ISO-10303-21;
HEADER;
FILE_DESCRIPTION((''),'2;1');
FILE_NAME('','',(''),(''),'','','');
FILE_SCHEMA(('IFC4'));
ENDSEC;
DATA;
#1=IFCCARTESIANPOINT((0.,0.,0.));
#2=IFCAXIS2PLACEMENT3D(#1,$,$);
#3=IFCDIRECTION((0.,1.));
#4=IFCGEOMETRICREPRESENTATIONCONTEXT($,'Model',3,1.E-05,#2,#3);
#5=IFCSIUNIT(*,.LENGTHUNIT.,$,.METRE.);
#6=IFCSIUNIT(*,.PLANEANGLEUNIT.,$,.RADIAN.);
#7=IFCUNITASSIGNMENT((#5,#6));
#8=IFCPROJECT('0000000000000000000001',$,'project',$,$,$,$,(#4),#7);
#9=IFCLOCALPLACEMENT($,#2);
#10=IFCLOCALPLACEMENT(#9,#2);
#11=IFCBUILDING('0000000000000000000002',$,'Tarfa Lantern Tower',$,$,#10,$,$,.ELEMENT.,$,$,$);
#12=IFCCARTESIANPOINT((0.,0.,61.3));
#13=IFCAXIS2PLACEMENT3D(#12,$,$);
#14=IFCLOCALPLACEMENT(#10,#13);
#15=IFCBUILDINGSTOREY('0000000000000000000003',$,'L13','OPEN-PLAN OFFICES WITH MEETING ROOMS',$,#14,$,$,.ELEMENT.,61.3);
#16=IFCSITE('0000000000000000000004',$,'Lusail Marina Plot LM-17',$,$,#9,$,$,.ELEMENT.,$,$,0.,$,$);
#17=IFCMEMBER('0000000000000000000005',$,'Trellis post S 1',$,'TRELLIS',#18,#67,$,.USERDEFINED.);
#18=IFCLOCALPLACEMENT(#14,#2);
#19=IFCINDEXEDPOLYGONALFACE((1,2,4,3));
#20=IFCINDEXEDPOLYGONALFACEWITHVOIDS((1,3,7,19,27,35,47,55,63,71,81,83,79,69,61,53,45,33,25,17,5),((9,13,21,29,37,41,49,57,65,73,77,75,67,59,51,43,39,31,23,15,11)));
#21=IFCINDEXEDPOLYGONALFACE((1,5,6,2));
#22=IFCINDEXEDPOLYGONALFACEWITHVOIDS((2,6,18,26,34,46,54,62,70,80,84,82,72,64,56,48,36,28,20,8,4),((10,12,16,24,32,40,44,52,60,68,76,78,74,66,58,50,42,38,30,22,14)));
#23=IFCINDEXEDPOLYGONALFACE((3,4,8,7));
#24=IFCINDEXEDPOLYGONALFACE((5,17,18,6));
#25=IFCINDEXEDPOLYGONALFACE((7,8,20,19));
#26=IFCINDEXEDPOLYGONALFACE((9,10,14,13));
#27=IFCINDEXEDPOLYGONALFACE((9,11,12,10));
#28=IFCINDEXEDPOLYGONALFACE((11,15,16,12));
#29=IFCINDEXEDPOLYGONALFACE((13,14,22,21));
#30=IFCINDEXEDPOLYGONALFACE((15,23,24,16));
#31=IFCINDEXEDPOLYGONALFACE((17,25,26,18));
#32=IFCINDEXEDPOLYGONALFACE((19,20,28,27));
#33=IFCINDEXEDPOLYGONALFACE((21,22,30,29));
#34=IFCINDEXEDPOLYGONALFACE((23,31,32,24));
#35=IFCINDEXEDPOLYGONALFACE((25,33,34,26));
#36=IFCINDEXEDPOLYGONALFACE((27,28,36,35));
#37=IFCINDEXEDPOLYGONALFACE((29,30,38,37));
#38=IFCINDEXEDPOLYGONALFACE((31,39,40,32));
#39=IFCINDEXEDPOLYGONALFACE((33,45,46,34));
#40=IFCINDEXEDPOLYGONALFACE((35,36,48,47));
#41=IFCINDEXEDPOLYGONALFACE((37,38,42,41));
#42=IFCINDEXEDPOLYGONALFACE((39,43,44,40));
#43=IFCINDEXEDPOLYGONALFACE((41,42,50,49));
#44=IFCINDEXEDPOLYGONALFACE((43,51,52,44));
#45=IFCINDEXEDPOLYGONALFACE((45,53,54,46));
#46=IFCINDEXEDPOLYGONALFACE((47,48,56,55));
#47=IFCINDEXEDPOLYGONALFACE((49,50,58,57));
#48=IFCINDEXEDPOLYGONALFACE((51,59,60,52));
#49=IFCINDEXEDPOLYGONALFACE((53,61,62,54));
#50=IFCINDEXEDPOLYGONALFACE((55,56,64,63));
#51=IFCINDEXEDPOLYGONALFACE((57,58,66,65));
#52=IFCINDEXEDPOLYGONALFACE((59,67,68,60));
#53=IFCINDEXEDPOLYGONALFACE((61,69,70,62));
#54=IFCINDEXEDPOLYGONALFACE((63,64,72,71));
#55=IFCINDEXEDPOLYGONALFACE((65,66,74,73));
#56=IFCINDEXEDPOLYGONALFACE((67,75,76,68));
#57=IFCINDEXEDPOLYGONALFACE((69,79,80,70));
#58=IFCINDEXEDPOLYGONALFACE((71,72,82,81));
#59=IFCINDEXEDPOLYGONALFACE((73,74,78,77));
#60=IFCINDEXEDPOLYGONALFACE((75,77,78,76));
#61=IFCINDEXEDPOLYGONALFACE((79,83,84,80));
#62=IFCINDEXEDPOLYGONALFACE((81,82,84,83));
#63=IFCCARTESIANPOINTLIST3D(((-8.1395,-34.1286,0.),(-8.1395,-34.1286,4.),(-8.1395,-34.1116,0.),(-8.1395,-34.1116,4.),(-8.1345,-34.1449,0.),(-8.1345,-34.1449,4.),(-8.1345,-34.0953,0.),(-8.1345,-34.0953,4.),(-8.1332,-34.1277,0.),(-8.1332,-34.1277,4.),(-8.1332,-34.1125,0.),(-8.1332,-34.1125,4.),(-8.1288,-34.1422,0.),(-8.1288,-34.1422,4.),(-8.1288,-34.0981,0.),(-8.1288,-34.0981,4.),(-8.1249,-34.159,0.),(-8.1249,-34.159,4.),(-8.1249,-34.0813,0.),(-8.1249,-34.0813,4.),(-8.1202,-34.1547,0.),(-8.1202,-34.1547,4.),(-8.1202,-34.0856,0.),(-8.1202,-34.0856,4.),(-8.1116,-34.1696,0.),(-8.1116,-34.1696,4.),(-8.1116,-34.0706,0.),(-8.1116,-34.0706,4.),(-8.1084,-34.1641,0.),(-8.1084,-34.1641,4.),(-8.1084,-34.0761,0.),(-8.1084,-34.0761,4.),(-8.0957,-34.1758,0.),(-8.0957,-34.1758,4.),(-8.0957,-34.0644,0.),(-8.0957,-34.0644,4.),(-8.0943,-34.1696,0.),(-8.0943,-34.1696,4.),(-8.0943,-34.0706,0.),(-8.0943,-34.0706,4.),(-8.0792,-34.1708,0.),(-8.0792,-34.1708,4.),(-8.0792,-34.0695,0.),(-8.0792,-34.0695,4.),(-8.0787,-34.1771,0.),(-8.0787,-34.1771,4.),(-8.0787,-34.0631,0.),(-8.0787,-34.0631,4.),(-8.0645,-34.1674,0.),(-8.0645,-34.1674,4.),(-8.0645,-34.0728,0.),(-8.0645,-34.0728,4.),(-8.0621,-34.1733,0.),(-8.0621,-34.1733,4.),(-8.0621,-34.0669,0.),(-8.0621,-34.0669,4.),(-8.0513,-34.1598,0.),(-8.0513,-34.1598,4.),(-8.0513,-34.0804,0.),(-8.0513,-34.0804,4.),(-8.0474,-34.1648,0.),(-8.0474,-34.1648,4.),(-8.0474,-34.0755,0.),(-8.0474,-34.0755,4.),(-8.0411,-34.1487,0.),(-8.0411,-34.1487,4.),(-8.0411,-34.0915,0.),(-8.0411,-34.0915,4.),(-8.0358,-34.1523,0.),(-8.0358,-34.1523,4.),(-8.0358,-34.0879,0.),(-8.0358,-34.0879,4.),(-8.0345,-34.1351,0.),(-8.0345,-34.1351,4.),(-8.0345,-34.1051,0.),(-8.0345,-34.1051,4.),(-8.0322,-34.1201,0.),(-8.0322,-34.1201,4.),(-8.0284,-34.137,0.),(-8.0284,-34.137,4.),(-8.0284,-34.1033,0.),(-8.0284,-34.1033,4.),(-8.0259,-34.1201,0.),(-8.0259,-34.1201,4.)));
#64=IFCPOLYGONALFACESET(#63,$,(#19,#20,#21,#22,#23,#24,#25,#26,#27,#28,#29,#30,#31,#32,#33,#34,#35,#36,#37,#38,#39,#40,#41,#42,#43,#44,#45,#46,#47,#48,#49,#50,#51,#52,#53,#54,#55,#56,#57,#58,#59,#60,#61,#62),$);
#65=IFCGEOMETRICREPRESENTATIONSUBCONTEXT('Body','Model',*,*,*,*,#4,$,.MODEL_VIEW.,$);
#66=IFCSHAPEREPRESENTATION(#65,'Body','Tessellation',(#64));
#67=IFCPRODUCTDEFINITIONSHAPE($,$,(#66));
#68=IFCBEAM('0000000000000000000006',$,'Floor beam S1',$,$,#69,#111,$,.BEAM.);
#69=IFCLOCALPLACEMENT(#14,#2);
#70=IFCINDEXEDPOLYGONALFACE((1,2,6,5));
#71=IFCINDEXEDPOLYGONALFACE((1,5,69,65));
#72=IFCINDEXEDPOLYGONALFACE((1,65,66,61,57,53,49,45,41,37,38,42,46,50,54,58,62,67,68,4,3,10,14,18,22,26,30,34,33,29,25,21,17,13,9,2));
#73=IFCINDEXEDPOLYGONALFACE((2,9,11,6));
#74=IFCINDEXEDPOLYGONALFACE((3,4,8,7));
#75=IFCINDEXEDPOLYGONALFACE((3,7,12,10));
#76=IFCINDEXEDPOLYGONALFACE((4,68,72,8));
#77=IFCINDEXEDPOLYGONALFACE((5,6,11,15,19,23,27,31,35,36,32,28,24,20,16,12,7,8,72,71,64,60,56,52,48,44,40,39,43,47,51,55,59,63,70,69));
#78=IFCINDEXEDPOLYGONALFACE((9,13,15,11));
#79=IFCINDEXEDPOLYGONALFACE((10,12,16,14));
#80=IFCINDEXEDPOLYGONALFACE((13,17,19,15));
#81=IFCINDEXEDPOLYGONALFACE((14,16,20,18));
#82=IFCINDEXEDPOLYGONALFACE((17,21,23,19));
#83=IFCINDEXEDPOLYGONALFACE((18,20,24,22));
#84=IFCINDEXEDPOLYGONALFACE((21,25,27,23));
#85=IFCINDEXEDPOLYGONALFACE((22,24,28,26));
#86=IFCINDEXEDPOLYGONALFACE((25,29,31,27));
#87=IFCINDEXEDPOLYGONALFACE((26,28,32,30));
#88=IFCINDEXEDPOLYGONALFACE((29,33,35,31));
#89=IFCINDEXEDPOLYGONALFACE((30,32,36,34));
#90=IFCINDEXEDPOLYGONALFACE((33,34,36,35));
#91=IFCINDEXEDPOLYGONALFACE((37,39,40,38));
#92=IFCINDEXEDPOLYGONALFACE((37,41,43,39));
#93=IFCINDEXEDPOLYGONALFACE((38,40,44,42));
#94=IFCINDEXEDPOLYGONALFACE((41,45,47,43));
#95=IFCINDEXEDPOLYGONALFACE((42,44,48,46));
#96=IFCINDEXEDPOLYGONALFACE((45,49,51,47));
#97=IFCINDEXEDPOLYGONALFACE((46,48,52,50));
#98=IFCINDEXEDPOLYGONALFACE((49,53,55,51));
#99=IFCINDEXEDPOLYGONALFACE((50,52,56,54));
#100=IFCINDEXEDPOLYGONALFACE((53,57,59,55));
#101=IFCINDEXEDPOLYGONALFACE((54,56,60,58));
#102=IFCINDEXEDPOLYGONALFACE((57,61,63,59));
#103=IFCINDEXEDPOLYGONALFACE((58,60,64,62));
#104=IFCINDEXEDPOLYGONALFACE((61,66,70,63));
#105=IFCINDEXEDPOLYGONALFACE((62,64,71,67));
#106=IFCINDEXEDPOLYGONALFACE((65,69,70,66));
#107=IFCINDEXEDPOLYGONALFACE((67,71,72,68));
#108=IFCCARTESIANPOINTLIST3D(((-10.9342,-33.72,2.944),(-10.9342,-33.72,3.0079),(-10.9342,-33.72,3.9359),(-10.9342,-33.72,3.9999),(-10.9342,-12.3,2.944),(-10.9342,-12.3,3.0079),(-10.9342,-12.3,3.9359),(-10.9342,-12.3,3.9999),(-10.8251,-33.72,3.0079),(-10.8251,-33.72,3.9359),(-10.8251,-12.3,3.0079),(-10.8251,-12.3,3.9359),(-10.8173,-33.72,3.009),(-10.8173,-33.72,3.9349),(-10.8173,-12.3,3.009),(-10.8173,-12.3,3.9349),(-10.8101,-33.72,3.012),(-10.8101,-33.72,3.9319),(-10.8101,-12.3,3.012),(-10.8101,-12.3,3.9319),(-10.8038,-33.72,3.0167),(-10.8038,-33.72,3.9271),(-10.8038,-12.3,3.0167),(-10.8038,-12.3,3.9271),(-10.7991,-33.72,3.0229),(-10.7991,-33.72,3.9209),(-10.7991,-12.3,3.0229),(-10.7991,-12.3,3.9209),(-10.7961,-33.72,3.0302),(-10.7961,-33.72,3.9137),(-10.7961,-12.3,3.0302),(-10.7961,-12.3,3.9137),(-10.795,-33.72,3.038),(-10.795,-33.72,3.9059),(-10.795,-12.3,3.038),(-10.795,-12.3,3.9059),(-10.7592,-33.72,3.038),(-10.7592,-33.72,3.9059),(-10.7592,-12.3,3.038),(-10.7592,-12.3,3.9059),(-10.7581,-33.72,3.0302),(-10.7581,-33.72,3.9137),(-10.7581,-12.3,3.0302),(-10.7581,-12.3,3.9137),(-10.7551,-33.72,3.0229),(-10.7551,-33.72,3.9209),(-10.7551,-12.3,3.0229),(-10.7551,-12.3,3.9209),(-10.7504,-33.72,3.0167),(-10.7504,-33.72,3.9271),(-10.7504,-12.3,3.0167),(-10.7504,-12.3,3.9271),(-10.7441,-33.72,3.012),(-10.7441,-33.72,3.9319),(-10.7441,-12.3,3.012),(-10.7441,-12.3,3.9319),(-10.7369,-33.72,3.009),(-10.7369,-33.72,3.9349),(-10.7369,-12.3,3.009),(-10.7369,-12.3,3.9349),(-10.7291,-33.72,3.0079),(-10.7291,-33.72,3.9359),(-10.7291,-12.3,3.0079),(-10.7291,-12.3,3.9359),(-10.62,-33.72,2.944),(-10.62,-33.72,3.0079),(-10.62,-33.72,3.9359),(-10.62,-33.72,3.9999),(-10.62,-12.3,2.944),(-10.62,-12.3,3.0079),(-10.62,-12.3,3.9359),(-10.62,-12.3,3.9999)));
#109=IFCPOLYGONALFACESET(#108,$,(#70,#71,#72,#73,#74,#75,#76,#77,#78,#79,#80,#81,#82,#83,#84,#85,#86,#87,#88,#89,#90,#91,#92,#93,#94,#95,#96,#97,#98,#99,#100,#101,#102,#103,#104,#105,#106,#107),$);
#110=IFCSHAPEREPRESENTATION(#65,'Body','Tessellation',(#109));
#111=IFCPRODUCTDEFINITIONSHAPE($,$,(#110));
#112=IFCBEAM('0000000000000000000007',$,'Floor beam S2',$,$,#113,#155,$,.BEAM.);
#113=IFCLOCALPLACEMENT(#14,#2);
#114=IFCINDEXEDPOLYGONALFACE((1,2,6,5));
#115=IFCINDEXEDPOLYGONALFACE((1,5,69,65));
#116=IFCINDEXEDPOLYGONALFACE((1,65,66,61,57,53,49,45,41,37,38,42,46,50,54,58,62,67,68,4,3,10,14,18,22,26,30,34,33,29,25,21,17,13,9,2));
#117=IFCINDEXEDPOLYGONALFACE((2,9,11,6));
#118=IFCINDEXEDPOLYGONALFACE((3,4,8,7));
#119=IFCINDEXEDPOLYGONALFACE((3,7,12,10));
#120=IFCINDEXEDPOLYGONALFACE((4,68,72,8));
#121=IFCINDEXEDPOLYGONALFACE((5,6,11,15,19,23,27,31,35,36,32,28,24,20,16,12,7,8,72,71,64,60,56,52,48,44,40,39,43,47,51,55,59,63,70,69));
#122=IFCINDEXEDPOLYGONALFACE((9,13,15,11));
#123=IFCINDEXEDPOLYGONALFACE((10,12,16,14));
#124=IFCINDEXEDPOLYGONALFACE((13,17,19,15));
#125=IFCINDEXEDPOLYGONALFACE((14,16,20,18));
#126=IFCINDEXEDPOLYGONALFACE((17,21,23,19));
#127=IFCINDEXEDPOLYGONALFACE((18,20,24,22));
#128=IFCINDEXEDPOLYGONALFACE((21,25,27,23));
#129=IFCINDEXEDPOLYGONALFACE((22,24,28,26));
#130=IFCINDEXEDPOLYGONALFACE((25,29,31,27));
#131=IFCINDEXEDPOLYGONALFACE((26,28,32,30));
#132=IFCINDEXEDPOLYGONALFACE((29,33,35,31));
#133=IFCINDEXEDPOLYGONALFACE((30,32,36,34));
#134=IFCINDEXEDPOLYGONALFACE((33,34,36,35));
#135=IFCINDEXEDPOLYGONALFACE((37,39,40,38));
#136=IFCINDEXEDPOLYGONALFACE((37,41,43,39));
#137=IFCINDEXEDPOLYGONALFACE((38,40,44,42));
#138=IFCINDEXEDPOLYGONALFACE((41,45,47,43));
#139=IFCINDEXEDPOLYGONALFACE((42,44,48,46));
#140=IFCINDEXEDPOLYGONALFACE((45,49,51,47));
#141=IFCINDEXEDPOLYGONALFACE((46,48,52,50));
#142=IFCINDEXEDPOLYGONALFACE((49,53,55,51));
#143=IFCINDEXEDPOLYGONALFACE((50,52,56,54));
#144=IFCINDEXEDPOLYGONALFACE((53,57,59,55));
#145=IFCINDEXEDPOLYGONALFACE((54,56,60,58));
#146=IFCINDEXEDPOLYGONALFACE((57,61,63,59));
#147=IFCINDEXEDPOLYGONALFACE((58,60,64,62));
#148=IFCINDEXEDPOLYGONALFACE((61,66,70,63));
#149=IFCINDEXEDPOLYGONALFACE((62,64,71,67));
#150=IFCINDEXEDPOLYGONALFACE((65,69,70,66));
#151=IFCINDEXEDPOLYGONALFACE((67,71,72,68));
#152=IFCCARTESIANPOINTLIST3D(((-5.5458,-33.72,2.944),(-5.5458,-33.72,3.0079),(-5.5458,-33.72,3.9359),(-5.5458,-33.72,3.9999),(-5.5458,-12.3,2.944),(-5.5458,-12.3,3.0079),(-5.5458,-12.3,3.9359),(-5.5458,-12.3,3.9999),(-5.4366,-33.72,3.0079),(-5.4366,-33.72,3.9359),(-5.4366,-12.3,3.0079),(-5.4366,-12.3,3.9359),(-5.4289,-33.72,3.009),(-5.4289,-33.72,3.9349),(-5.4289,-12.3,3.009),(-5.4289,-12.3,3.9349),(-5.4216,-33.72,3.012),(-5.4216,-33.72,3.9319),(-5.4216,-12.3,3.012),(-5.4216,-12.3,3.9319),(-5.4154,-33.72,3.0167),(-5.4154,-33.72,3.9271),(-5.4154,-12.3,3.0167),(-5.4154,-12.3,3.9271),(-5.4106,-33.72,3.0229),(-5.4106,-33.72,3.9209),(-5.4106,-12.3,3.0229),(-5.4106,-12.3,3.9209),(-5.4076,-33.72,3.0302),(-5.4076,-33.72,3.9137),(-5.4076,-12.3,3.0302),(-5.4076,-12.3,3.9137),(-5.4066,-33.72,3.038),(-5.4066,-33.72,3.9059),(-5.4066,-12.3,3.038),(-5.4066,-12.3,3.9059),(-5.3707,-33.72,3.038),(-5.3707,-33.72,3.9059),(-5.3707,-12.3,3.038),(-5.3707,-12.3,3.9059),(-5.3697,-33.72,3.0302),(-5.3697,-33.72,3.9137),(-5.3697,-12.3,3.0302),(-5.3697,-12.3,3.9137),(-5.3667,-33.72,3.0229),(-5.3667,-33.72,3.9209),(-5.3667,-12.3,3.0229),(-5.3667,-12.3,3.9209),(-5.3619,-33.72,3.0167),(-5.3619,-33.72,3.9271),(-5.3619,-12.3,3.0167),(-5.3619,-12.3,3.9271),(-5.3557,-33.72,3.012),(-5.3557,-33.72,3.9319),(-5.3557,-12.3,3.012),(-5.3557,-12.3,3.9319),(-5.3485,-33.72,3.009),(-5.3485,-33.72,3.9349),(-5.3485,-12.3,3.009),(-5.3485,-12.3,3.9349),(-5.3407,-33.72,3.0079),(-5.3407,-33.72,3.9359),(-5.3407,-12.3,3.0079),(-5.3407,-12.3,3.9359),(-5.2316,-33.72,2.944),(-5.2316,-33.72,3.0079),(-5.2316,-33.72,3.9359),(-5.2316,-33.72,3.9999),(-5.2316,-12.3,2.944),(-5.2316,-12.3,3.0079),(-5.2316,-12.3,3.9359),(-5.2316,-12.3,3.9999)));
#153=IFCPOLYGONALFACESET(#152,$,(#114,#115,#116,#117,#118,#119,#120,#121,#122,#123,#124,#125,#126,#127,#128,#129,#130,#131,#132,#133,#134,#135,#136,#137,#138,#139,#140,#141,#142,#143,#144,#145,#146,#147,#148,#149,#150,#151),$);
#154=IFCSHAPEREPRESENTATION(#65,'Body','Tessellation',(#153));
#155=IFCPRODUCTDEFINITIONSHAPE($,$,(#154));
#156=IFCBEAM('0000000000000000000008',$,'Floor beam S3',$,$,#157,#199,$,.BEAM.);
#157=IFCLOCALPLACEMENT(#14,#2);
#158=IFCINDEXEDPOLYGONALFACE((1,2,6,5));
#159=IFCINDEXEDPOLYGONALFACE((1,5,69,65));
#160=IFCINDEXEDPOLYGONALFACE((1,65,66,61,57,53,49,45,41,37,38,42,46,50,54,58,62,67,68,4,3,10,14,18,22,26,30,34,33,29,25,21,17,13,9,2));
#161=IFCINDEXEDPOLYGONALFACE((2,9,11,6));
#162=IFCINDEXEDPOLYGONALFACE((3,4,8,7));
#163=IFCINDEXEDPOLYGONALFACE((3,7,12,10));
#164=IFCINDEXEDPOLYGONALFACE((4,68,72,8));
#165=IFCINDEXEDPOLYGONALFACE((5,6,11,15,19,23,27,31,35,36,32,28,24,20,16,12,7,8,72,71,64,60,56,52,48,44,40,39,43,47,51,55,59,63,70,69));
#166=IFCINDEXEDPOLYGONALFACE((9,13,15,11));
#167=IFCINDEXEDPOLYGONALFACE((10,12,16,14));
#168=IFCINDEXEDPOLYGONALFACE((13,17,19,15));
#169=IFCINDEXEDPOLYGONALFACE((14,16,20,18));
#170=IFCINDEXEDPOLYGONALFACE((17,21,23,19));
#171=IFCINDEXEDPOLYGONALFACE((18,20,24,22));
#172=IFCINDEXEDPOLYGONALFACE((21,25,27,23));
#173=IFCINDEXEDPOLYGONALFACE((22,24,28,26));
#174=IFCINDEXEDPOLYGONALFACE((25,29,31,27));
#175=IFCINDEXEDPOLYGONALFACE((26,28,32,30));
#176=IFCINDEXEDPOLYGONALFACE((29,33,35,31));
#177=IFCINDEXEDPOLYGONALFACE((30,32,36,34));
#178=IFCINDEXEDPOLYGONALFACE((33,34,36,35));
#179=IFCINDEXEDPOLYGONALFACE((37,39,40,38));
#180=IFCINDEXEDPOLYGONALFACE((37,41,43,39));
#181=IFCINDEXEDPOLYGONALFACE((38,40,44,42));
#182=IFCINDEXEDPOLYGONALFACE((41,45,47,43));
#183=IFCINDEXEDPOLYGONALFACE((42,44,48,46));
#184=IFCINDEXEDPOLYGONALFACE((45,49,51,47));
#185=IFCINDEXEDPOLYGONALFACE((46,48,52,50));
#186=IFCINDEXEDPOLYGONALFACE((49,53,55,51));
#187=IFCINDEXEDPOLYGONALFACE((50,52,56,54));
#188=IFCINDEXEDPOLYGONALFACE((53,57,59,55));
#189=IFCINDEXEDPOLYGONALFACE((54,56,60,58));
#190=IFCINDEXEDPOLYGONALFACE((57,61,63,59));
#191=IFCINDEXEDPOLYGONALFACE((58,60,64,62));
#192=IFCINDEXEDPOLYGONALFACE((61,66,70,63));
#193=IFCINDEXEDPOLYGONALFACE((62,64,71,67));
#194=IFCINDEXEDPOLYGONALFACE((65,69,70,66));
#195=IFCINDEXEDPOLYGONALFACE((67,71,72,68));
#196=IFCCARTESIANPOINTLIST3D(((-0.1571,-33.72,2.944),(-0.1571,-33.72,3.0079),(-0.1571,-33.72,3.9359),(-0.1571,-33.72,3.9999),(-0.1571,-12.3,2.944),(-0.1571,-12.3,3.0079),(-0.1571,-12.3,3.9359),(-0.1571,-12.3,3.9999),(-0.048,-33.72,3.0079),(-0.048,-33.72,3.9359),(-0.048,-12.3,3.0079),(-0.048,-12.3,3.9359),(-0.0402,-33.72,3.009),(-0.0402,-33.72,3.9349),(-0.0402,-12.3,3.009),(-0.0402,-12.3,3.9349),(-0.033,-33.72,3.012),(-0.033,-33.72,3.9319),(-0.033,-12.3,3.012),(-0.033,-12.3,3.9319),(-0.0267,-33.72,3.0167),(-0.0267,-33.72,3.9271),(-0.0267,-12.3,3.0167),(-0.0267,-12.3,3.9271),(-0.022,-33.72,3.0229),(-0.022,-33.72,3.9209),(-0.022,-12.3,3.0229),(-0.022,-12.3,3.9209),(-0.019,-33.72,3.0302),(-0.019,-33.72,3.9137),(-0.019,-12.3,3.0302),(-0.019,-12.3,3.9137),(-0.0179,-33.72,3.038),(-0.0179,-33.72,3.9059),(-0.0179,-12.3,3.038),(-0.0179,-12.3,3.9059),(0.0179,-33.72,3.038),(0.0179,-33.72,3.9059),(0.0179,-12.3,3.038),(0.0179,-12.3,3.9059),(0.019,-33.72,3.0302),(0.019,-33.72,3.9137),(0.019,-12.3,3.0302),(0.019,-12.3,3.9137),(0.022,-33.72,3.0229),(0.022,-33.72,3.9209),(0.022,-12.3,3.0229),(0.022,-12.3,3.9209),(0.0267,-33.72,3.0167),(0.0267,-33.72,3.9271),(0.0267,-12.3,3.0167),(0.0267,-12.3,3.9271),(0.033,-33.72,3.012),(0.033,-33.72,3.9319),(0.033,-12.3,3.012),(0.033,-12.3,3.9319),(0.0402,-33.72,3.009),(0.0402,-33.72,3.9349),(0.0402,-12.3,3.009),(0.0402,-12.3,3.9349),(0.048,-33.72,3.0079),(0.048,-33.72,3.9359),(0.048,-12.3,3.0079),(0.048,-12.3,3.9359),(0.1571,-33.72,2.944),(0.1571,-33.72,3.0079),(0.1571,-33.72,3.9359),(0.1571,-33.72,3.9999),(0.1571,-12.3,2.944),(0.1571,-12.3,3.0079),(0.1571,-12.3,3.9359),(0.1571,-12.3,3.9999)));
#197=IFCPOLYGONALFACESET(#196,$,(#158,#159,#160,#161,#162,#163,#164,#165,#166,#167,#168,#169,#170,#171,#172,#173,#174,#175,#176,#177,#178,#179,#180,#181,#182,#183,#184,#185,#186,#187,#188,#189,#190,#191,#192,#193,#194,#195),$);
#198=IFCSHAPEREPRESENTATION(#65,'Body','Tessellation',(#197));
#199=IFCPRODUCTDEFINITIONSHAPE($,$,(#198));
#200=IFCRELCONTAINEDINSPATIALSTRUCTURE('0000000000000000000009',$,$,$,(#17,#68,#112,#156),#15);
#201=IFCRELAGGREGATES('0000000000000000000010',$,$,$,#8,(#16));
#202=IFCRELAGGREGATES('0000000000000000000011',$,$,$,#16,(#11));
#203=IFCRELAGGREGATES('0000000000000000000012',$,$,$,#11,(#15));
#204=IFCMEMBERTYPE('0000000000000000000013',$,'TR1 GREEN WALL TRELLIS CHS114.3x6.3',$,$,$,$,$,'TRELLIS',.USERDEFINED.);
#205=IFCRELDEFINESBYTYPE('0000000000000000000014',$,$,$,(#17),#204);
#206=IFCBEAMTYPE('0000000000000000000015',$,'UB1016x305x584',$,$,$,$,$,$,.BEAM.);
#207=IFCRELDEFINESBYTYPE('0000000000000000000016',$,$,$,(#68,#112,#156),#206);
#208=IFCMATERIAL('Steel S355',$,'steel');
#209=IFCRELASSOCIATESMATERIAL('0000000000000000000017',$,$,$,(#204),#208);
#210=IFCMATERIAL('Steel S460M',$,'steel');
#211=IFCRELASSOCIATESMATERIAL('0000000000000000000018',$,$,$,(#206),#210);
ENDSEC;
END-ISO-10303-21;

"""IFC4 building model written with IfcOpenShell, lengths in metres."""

from ifc_helpers import new_model, si_unit, direction, frame, origin, origin_2d, place, context, subcontext, project, spatial, hollow_circle, i_section, extrude, material, material_profile, profile_set, type_object, element, save


model = new_model("IFC4")

# Units and contexts
model_context = context("Model", 3, precision=1e-05, world=origin(), true_north=direction((0.0, 1.0)))
body_context = subcontext(model_context, "Body", "Model", "MODEL_VIEW")
ifc_project = project(units=[si_unit("LENGTHUNIT", "METRE"), si_unit("PLANEANGLEUNIT", "RADIAN")], contexts=[model_context])

# Site, building, storey
site_placement = place(None, origin())
site = spatial("IfcSite", under=ifc_project, at=site_placement, Name="Lusail Marina Plot LM-17", CompositionType="ELEMENT", RefElevation=0.0)
building_placement = place(site_placement, origin())
building = spatial("IfcBuilding", under=site, at=building_placement, Name="Tarfa Lantern Tower", CompositionType="ELEMENT")
storey_placement = place(building_placement, frame((0.0, 0.0, 61.3)))
storey = spatial("IfcBuildingStorey", under=building, at=storey_placement, Name="L13", Description="OPEN-PLAN OFFICES WITH MEETING ROOMS", CompositionType="ELEMENT", Elevation=61.3)

# Member
ifc_material_1 = material(Name="Steel S355", Category="steel")
ifc_material_profile_1 = material_profile(ifc_material_1, hollow_circle(Radius=0.0571, WallThickness=0.0063, at=origin_2d()), Name="CHS114.3x6.3")
ifc_profile_set_1 = profile_set([ifc_material_profile_1], Name="Steel S355")
member_type_1 = type_object("IfcMemberType", Name="TR1 GREEN WALL TRELLIS CHS114.3x6.3", ElementType="TRELLIS", PredefinedType="USERDEFINED", material=ifc_profile_set_1)
member_1_placement = place(storey_placement, frame((-8.083, -34.1201, 0.0), z_axis=(0.0, 0.0, 1.0), x_axis=(1.0, 0.0, 0.0)))
element("IfcMember", 1, at=member_1_placement, inside=storey, type_object=member_type_1, Name="Trellis post S 1", ObjectType="TRELLIS", PredefinedType="USERDEFINED", context=body_context, shape_type="SweptSolid", body=[
    extrude(hollow_circle(Radius=0.0571, WallThickness=0.0063, at=origin_2d()), origin(), (0.0, 0.0, 1.0), 4.0),
])

# Beams
ifc_material_2 = material(Name="Steel S460M", Category="steel")
ifc_material_profile_2 = material_profile(ifc_material_2, i_section(OverallWidth=0.3142, OverallDepth=1.0559, WebThickness=0.0359, FlangeThickness=0.064, FilletRadius=0.03, at=origin_2d()), Name="UB1016x305x584")
ifc_profile_set_2 = profile_set([ifc_material_profile_2], Name="Steel S460M")
beam_type_1 = type_object("IfcBeamType", Name="UB1016x305x584", PredefinedType="BEAM", material=ifc_profile_set_2)
for number, where, z_axis, x_axis, name in (
    (2, (-10.7771, -33.72, 3.4719), (0.0, 1.0, 0.0), (-1.0, 0.0, 0.0), "Floor beam S1"),
    (3, (-5.3887, -33.72, 3.4719), (0.0, 1.0, 0.0), (-1.0, 0.0, 0.0), "Floor beam S2"),
    (4, (0.0, -33.72, 3.4719), (0.0, 1.0, 0.0), (-1.0, 0.0, 0.0), "Floor beam S3"),
):
    element("IfcBeam", number, at=place(storey_placement, frame(where, z_axis=z_axis, x_axis=x_axis)), inside=storey, type_object=beam_type_1, Name=name, PredefinedType="BEAM", context=body_context, shape_type="SweptSolid", body=[
        extrude(i_section(OverallWidth=0.3142, OverallDepth=1.0559, WebThickness=0.0359, FlangeThickness=0.064, FilletRadius=0.03, at=origin_2d()), origin(), (0.0, 0.0, 1.0), 21.4199),
    ])

save(model, "model.ifc")
